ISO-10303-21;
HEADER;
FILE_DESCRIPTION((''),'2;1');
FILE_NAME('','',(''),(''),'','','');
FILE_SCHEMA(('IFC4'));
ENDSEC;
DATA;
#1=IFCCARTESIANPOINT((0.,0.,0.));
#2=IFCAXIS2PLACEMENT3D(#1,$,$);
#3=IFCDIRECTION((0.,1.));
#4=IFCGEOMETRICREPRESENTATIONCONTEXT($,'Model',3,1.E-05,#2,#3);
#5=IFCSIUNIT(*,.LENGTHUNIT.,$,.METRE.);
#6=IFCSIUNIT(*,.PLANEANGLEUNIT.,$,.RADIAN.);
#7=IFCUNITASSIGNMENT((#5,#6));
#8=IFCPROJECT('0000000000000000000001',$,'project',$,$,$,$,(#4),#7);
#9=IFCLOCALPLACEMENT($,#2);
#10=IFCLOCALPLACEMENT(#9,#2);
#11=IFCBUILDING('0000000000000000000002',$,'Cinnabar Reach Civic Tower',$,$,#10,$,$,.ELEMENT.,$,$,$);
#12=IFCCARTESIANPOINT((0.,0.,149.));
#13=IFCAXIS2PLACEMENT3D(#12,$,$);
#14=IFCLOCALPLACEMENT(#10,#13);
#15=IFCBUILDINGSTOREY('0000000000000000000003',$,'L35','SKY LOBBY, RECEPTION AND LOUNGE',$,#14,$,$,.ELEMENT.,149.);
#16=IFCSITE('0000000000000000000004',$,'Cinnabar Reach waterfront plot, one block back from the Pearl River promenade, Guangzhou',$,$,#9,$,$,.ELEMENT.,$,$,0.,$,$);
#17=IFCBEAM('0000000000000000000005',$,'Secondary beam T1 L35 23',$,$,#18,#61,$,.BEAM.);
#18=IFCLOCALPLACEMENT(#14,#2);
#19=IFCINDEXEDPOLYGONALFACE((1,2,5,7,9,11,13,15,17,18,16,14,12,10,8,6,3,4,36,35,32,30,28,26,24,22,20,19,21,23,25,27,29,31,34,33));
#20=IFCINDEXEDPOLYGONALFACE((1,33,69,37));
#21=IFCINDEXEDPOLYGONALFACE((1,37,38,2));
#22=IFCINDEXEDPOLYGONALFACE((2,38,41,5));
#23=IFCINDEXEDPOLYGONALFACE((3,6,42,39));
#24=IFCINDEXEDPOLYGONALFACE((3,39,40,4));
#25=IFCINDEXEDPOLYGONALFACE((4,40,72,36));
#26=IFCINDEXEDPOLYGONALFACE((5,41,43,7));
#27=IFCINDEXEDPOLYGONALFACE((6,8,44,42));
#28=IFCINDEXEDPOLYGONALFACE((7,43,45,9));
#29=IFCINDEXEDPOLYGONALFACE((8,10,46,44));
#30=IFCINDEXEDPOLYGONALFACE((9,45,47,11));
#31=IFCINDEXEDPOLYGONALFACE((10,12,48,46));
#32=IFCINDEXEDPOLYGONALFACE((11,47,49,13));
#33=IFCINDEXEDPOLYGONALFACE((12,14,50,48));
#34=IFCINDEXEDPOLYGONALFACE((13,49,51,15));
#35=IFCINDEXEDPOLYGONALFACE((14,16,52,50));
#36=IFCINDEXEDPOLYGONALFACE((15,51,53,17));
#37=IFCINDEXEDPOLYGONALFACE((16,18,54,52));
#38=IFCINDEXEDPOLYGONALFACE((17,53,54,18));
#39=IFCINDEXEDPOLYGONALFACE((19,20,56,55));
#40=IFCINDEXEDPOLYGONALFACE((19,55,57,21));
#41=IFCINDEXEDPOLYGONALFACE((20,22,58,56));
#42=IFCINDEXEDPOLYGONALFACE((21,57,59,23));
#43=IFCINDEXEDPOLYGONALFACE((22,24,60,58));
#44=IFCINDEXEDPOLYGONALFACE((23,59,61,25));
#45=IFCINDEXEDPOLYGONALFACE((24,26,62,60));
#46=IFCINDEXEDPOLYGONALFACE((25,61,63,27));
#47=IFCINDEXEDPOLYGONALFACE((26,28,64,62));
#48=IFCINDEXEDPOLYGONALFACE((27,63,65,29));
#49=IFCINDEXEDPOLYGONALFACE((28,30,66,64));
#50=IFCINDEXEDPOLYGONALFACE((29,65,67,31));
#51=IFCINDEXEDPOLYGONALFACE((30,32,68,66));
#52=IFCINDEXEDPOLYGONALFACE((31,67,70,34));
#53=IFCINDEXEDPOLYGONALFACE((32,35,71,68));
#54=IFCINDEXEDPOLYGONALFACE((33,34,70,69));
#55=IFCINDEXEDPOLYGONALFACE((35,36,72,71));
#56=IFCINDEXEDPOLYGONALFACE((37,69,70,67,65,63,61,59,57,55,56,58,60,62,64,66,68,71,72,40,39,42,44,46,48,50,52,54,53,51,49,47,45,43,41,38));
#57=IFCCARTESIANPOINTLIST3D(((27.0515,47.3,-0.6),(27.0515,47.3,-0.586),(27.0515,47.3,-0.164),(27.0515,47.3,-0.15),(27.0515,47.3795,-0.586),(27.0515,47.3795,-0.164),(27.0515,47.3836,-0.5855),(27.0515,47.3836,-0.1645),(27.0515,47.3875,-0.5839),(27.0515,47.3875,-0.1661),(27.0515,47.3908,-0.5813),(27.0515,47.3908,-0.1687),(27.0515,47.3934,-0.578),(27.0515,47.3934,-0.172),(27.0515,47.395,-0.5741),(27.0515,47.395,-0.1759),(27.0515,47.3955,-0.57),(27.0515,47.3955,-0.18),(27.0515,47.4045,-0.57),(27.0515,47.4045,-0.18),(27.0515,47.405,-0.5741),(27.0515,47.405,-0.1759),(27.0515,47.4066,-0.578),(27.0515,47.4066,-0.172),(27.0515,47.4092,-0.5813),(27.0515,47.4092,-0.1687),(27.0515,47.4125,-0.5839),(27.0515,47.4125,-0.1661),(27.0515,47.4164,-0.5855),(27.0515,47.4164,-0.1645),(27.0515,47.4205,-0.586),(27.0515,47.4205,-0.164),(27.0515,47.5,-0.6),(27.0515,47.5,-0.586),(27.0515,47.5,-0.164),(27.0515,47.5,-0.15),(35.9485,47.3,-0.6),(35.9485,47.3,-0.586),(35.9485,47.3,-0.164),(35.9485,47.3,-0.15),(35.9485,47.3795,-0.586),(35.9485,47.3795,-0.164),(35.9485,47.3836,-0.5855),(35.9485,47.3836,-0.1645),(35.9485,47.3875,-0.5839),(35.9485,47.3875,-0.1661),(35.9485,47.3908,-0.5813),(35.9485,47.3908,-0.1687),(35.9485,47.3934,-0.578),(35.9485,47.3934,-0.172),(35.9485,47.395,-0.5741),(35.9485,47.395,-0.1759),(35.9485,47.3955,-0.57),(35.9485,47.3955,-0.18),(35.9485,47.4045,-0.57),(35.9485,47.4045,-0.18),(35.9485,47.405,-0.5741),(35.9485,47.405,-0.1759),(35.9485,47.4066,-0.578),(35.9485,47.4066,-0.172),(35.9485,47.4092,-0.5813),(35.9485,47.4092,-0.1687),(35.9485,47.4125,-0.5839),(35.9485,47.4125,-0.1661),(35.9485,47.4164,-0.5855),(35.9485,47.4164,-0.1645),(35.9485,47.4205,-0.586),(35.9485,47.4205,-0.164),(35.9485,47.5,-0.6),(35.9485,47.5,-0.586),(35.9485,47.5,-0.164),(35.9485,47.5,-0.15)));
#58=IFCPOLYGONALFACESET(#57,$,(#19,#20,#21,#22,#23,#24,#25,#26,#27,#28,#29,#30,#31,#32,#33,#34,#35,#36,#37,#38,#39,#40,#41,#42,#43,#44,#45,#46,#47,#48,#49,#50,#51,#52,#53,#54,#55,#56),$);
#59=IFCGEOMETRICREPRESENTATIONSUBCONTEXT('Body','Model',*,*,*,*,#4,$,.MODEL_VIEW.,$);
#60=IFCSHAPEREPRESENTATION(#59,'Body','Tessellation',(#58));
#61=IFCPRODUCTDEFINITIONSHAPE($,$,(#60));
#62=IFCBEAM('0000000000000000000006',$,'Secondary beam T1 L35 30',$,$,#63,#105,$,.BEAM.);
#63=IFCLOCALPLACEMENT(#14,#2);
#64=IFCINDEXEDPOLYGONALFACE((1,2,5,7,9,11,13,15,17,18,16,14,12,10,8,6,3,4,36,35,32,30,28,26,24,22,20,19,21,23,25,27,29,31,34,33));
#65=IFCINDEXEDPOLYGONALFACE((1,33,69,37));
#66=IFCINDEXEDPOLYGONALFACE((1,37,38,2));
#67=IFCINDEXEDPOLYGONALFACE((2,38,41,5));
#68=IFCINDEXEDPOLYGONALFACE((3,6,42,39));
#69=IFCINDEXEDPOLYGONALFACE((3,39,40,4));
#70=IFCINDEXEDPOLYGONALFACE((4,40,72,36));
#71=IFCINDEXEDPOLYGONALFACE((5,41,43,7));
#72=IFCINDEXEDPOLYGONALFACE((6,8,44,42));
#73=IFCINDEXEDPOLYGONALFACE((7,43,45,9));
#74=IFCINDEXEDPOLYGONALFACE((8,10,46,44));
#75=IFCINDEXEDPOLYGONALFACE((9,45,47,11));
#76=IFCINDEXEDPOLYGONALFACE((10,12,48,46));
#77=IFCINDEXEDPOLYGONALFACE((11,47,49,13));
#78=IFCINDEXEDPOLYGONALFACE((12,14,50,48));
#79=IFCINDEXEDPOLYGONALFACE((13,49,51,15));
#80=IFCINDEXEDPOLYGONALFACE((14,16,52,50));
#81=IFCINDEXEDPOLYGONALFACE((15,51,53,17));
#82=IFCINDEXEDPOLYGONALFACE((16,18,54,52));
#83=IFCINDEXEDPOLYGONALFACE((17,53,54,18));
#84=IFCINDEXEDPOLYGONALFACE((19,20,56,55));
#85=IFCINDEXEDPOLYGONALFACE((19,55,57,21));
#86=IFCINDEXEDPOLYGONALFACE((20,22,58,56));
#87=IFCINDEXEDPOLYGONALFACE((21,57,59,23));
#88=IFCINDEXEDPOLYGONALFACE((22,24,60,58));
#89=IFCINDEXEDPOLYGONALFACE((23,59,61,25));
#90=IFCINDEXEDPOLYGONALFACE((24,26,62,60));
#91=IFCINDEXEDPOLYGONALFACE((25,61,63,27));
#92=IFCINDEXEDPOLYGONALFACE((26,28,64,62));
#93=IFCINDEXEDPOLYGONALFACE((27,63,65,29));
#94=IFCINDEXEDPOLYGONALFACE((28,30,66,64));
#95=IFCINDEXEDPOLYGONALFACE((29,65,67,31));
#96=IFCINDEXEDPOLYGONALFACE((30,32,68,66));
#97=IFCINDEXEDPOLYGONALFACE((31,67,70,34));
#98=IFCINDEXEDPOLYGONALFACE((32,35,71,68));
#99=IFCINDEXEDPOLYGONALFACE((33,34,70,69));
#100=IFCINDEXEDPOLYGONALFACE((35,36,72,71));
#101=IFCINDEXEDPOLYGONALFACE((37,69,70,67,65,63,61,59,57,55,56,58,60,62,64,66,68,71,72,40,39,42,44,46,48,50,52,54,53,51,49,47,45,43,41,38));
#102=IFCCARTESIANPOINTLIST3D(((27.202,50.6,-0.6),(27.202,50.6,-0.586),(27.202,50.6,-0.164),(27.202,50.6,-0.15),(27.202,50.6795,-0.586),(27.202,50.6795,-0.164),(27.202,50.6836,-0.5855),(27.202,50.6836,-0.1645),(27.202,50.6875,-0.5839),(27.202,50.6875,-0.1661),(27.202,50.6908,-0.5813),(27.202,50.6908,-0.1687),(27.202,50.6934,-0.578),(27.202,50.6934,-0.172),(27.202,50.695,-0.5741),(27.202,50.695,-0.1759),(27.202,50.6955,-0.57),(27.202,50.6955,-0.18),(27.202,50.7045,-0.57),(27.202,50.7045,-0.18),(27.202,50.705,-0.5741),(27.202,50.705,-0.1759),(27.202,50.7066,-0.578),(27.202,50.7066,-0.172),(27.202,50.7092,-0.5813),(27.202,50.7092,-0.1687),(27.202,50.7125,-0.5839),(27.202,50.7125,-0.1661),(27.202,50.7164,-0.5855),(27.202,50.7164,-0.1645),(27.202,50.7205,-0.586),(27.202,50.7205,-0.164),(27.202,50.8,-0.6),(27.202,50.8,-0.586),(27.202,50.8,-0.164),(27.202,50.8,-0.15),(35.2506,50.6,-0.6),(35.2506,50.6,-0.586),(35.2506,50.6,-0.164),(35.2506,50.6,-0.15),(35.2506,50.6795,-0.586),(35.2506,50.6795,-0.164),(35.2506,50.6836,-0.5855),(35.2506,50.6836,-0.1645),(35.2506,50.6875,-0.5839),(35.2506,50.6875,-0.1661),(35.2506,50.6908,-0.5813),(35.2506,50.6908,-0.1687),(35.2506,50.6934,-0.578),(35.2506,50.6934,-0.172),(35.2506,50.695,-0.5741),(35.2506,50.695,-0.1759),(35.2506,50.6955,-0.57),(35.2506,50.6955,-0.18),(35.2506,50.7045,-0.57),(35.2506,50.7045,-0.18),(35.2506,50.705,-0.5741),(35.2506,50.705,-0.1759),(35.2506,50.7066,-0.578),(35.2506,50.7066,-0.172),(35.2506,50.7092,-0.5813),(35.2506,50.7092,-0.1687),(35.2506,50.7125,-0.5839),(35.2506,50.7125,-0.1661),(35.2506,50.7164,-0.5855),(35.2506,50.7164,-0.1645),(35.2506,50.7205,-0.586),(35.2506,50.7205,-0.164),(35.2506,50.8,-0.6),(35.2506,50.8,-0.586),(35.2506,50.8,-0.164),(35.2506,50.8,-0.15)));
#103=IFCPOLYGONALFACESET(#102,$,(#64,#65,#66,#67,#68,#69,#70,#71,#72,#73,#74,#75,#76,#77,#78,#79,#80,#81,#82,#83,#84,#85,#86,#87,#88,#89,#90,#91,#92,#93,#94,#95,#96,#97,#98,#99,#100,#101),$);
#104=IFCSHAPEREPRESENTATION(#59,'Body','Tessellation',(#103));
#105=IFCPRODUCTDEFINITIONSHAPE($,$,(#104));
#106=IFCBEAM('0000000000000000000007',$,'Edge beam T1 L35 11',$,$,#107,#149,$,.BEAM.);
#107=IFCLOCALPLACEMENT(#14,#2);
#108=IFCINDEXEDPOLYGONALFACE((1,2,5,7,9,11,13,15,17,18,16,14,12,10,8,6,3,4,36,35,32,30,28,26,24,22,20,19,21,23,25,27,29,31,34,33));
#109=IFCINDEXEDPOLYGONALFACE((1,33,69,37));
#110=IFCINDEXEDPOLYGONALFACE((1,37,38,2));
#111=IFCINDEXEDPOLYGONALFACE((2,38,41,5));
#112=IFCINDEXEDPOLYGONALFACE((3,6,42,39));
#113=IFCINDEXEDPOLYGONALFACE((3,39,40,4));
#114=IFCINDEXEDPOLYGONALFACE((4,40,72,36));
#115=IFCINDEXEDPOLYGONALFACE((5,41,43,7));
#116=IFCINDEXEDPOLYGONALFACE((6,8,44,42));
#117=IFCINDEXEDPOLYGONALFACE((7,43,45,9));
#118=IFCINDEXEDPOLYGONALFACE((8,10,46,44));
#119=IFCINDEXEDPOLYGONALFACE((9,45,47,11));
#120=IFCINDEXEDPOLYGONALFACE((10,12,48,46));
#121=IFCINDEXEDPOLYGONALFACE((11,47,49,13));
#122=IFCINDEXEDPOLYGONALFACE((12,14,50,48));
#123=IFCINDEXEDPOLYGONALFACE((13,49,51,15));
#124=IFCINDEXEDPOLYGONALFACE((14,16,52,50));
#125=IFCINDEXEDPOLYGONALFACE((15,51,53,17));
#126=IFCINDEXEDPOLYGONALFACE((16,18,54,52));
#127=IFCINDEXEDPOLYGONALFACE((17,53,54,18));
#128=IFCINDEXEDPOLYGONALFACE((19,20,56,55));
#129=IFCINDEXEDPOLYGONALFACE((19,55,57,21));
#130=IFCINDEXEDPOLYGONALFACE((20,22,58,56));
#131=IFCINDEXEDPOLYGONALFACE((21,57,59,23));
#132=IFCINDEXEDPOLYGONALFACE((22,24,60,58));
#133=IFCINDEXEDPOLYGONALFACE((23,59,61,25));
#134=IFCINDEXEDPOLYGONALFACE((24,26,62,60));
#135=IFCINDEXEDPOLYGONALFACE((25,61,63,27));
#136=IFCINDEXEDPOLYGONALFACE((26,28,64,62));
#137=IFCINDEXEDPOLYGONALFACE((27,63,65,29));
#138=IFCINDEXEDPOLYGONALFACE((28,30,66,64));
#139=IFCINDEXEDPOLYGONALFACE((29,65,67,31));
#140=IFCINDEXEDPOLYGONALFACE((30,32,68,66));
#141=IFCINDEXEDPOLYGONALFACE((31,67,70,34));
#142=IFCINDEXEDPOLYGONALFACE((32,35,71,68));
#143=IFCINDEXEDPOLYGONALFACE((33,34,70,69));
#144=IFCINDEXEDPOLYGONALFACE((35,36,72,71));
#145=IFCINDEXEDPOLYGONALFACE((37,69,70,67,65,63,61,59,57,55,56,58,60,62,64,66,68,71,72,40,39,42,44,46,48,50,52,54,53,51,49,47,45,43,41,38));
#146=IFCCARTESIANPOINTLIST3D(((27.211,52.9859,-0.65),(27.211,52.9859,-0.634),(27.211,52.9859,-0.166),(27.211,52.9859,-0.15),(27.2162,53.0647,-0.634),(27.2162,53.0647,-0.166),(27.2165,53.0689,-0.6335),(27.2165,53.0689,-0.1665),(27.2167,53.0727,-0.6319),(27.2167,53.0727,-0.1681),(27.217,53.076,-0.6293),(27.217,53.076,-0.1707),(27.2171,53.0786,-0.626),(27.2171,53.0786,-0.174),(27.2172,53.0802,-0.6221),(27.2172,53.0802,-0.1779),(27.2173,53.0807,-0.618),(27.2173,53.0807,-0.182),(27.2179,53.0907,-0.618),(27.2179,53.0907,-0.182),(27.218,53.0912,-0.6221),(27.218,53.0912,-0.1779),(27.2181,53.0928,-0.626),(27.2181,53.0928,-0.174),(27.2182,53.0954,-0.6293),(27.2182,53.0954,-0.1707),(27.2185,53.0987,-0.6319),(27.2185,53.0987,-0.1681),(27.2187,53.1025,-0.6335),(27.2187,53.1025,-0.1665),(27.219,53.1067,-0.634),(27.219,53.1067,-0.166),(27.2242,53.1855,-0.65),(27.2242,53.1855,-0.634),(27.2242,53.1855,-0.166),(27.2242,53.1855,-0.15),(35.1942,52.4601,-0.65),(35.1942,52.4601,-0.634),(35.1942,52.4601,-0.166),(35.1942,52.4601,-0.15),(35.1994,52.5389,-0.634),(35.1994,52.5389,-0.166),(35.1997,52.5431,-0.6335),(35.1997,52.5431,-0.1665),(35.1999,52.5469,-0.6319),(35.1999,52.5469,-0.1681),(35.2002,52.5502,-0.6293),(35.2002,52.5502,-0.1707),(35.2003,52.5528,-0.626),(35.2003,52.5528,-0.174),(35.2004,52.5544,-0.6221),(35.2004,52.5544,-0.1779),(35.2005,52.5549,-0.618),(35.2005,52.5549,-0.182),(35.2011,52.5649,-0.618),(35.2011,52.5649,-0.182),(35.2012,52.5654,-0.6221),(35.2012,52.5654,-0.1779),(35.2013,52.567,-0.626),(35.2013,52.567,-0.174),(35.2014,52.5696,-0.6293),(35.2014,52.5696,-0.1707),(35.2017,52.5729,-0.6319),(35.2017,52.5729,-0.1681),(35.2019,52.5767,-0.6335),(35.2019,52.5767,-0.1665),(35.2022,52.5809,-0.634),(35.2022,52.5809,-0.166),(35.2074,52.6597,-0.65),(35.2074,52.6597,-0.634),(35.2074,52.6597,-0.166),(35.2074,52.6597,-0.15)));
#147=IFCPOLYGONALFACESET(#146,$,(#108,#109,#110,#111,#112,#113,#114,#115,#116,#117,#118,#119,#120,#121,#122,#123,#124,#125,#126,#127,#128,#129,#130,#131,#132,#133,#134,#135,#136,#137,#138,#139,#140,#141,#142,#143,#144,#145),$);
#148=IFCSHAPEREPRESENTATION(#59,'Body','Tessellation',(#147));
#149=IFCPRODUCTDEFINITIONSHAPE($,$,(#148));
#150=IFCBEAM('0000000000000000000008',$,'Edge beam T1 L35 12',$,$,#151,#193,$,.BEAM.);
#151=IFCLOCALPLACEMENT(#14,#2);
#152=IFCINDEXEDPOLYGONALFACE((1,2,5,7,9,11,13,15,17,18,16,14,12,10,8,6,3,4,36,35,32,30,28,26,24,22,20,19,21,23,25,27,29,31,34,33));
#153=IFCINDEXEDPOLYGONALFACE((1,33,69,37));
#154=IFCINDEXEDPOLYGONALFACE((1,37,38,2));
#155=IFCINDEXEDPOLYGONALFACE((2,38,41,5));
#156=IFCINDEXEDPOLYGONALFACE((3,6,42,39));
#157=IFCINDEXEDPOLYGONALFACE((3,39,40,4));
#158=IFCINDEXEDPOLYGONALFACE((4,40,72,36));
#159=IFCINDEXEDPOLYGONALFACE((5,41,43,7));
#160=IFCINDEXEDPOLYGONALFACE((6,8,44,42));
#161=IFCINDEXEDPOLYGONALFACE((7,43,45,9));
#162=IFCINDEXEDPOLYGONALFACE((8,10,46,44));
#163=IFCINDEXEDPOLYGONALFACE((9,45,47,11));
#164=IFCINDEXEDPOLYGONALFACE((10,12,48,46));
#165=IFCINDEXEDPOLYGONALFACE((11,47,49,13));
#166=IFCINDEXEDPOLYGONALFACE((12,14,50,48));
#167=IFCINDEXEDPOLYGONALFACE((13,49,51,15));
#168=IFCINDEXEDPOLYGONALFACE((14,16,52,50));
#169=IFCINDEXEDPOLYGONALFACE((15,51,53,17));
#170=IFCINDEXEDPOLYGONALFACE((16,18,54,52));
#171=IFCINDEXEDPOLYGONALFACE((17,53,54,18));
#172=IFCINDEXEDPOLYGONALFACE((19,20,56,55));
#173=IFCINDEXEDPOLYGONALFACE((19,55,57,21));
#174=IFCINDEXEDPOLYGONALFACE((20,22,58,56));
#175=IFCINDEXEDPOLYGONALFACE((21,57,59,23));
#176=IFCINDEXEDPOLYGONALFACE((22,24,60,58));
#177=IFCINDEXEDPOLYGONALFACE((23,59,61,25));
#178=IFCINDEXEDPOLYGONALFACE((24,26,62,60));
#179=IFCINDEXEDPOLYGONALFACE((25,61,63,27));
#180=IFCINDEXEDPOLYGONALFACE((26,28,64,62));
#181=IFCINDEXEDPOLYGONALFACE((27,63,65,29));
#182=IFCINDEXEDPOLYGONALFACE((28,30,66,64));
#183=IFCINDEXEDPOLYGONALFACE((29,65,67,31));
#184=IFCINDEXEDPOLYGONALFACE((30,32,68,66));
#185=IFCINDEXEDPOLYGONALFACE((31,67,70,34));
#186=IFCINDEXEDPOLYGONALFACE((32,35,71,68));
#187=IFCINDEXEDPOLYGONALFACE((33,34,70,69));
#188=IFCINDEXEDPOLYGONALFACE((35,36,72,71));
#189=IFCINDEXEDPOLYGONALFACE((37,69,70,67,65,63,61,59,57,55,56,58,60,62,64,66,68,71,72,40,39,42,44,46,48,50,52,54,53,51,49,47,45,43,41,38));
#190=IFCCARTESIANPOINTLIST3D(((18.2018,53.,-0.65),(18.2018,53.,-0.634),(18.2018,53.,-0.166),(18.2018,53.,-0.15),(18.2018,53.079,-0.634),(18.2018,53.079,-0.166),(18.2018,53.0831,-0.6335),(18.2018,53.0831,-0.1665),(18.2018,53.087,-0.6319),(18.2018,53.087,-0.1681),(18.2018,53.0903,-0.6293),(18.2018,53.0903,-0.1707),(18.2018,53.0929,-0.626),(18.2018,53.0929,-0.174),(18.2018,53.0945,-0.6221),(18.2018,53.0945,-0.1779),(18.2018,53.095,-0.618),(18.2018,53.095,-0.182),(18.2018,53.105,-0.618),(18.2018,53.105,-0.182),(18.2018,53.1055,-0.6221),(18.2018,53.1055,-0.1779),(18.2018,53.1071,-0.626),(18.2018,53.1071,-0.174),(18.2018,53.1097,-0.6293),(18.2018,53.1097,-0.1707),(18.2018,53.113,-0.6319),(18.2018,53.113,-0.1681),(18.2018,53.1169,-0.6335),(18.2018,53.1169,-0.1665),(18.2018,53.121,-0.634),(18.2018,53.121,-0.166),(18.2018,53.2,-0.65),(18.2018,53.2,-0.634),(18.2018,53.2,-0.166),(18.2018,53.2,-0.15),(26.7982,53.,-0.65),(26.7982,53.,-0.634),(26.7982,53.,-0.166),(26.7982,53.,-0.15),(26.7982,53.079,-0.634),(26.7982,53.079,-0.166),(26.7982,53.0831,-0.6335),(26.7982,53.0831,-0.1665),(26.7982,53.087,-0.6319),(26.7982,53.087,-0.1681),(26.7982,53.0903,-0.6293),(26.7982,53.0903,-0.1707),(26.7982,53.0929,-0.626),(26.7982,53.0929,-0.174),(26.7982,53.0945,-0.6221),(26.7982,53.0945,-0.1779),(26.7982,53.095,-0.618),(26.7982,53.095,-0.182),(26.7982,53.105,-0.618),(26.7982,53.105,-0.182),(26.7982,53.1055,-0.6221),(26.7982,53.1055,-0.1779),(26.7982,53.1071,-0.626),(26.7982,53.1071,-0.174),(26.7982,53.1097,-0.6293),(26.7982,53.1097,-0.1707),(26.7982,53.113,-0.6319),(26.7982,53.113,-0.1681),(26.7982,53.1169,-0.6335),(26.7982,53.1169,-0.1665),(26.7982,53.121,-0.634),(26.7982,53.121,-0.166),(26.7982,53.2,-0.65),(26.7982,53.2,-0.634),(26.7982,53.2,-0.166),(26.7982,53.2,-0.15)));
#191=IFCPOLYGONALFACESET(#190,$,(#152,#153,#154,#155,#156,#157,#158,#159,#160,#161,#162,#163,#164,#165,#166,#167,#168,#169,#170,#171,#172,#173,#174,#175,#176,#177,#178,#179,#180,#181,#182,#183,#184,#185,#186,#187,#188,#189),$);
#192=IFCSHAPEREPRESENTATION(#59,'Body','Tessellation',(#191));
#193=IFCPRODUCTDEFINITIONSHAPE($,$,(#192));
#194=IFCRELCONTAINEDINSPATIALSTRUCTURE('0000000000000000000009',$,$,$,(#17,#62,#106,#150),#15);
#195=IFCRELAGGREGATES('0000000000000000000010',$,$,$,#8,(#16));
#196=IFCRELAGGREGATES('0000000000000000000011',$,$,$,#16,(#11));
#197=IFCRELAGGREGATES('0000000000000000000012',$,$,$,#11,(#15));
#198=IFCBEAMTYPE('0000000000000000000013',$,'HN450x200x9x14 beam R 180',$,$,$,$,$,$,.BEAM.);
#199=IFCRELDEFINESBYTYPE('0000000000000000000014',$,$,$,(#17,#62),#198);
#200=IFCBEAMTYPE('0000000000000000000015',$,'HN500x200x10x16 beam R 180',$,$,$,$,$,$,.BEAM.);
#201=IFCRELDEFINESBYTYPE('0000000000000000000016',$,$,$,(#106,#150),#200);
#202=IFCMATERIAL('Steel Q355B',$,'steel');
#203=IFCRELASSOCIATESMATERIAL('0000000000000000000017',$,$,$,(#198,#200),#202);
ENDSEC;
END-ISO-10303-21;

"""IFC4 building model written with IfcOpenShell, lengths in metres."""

from ifc_helpers import new_model, si_unit, direction, frame, origin, origin_2d, place, context, subcontext, project, spatial, i_section, extrude, material, material_profile, profile_set, type_object, element, save


model = new_model("IFC4")

# Units and contexts
model_context = context("Model", 3, precision=1e-05, world=origin(), true_north=direction((0.0, 1.0)))
body_context = subcontext(model_context, "Body", "Model", "MODEL_VIEW")
ifc_project = project(units=[si_unit("LENGTHUNIT", "METRE"), si_unit("PLANEANGLEUNIT", "RADIAN")], contexts=[model_context])

# Site, building, storey
site_placement = place(None, origin())
site = spatial("IfcSite", under=ifc_project, at=site_placement, Name="Cinnabar Reach waterfront plot, one block back from the Pearl River promenade, Guangzhou", CompositionType="ELEMENT", RefElevation=0.0)
building_placement = place(site_placement, origin())
building = spatial("IfcBuilding", under=site, at=building_placement, Name="Cinnabar Reach Civic Tower", CompositionType="ELEMENT")
storey_placement = place(building_placement, frame((0.0, 0.0, 149.0)))
storey = spatial("IfcBuildingStorey", under=building, at=storey_placement, Name="L35", Description="SKY LOBBY, RECEPTION AND LOUNGE", CompositionType="ELEMENT", Elevation=149.0)

# Beams
ifc_material_1 = material(Name="Steel Q355B", Category="steel")
ifc_material_profile_1 = material_profile(ifc_material_1, i_section(OverallWidth=0.2, OverallDepth=0.45, WebThickness=0.009, FlangeThickness=0.014, FilletRadius=0.016, at=origin_2d()), Name="HN450x200x9x14")
ifc_profile_set_1 = profile_set([ifc_material_profile_1], Name="Steel Q355B")
beam_type_1 = type_object("IfcBeamType", Name="HN450x200x9x14 beam R 180", PredefinedType="BEAM", material=ifc_profile_set_1)
beam_1_placement = place(storey_placement, frame((27.0515, 47.4, -0.375), z_axis=(1.0, 0.0, 0.0), x_axis=(0.0, 1.0, 0.0)))
element("IfcBeam", 1, at=beam_1_placement, inside=storey, type_object=beam_type_1, Name="Secondary beam T1 L35 23", PredefinedType="BEAM", context=body_context, shape_type="SweptSolid", body=[
    extrude(i_section(OverallWidth=0.2, OverallDepth=0.45, WebThickness=0.009, FlangeThickness=0.014, FilletRadius=0.016, at=origin_2d()), origin(), (0.0, 0.0, 1.0), 8.897),
])
beam_2_placement = place(storey_placement, frame((27.202, 50.7, -0.375), z_axis=(1.0, 0.0, 0.0), x_axis=(0.0, 1.0, 0.0)))
element("IfcBeam", 2, at=beam_2_placement, inside=storey, type_object=beam_type_1, Name="Secondary beam T1 L35 30", PredefinedType="BEAM", context=body_context, shape_type="SweptSolid", body=[
    extrude(i_section(OverallWidth=0.2, OverallDepth=0.45, WebThickness=0.009, FlangeThickness=0.014, FilletRadius=0.016, at=origin_2d()), origin(), (0.0, 0.0, 1.0), 8.0486),
])
ifc_material_profile_2 = material_profile(ifc_material_1, i_section(OverallWidth=0.2, OverallDepth=0.5, WebThickness=0.01, FlangeThickness=0.016, FilletRadius=0.016, at=origin_2d()), Name="HN500x200x10x16")
ifc_profile_set_2 = profile_set([ifc_material_profile_2], Name="Steel Q355B")
beam_type_2 = type_object("IfcBeamType", Name="HN500x200x10x16 beam R 180", PredefinedType="BEAM", material=ifc_profile_set_2)
beam_3_placement = place(storey_placement, frame((35.2008, 52.5599, -0.4), z_axis=(-0.997838, 0.065721, 0.0), x_axis=(-0.065721, -0.997838, 0.0)))
element("IfcBeam", 3, at=beam_3_placement, inside=storey, type_object=beam_type_2, Name="Edge beam T1 L35 11", PredefinedType="BEAM", context=body_context, shape_type="SweptSolid", body=[
    extrude(i_section(OverallWidth=0.2, OverallDepth=0.5, WebThickness=0.01, FlangeThickness=0.016, FilletRadius=0.016, at=origin_2d()), origin(), (0.0, 0.0, 1.0), 8.0005),
])
beam_4_placement = place(storey_placement, frame((26.7982, 53.1, -0.4), z_axis=(-1.0, 0.0, 0.0), x_axis=(0.0, -1.0, 0.0)))
element("IfcBeam", 4, at=beam_4_placement, inside=storey, type_object=beam_type_2, Name="Edge beam T1 L35 12", PredefinedType="BEAM", context=body_context, shape_type="SweptSolid", body=[
    extrude(i_section(OverallWidth=0.2, OverallDepth=0.5, WebThickness=0.01, FlangeThickness=0.016, FilletRadius=0.016, at=origin_2d()), origin(), (0.0, 0.0, 1.0), 8.5964),
])

save(model, "model.ifc")
